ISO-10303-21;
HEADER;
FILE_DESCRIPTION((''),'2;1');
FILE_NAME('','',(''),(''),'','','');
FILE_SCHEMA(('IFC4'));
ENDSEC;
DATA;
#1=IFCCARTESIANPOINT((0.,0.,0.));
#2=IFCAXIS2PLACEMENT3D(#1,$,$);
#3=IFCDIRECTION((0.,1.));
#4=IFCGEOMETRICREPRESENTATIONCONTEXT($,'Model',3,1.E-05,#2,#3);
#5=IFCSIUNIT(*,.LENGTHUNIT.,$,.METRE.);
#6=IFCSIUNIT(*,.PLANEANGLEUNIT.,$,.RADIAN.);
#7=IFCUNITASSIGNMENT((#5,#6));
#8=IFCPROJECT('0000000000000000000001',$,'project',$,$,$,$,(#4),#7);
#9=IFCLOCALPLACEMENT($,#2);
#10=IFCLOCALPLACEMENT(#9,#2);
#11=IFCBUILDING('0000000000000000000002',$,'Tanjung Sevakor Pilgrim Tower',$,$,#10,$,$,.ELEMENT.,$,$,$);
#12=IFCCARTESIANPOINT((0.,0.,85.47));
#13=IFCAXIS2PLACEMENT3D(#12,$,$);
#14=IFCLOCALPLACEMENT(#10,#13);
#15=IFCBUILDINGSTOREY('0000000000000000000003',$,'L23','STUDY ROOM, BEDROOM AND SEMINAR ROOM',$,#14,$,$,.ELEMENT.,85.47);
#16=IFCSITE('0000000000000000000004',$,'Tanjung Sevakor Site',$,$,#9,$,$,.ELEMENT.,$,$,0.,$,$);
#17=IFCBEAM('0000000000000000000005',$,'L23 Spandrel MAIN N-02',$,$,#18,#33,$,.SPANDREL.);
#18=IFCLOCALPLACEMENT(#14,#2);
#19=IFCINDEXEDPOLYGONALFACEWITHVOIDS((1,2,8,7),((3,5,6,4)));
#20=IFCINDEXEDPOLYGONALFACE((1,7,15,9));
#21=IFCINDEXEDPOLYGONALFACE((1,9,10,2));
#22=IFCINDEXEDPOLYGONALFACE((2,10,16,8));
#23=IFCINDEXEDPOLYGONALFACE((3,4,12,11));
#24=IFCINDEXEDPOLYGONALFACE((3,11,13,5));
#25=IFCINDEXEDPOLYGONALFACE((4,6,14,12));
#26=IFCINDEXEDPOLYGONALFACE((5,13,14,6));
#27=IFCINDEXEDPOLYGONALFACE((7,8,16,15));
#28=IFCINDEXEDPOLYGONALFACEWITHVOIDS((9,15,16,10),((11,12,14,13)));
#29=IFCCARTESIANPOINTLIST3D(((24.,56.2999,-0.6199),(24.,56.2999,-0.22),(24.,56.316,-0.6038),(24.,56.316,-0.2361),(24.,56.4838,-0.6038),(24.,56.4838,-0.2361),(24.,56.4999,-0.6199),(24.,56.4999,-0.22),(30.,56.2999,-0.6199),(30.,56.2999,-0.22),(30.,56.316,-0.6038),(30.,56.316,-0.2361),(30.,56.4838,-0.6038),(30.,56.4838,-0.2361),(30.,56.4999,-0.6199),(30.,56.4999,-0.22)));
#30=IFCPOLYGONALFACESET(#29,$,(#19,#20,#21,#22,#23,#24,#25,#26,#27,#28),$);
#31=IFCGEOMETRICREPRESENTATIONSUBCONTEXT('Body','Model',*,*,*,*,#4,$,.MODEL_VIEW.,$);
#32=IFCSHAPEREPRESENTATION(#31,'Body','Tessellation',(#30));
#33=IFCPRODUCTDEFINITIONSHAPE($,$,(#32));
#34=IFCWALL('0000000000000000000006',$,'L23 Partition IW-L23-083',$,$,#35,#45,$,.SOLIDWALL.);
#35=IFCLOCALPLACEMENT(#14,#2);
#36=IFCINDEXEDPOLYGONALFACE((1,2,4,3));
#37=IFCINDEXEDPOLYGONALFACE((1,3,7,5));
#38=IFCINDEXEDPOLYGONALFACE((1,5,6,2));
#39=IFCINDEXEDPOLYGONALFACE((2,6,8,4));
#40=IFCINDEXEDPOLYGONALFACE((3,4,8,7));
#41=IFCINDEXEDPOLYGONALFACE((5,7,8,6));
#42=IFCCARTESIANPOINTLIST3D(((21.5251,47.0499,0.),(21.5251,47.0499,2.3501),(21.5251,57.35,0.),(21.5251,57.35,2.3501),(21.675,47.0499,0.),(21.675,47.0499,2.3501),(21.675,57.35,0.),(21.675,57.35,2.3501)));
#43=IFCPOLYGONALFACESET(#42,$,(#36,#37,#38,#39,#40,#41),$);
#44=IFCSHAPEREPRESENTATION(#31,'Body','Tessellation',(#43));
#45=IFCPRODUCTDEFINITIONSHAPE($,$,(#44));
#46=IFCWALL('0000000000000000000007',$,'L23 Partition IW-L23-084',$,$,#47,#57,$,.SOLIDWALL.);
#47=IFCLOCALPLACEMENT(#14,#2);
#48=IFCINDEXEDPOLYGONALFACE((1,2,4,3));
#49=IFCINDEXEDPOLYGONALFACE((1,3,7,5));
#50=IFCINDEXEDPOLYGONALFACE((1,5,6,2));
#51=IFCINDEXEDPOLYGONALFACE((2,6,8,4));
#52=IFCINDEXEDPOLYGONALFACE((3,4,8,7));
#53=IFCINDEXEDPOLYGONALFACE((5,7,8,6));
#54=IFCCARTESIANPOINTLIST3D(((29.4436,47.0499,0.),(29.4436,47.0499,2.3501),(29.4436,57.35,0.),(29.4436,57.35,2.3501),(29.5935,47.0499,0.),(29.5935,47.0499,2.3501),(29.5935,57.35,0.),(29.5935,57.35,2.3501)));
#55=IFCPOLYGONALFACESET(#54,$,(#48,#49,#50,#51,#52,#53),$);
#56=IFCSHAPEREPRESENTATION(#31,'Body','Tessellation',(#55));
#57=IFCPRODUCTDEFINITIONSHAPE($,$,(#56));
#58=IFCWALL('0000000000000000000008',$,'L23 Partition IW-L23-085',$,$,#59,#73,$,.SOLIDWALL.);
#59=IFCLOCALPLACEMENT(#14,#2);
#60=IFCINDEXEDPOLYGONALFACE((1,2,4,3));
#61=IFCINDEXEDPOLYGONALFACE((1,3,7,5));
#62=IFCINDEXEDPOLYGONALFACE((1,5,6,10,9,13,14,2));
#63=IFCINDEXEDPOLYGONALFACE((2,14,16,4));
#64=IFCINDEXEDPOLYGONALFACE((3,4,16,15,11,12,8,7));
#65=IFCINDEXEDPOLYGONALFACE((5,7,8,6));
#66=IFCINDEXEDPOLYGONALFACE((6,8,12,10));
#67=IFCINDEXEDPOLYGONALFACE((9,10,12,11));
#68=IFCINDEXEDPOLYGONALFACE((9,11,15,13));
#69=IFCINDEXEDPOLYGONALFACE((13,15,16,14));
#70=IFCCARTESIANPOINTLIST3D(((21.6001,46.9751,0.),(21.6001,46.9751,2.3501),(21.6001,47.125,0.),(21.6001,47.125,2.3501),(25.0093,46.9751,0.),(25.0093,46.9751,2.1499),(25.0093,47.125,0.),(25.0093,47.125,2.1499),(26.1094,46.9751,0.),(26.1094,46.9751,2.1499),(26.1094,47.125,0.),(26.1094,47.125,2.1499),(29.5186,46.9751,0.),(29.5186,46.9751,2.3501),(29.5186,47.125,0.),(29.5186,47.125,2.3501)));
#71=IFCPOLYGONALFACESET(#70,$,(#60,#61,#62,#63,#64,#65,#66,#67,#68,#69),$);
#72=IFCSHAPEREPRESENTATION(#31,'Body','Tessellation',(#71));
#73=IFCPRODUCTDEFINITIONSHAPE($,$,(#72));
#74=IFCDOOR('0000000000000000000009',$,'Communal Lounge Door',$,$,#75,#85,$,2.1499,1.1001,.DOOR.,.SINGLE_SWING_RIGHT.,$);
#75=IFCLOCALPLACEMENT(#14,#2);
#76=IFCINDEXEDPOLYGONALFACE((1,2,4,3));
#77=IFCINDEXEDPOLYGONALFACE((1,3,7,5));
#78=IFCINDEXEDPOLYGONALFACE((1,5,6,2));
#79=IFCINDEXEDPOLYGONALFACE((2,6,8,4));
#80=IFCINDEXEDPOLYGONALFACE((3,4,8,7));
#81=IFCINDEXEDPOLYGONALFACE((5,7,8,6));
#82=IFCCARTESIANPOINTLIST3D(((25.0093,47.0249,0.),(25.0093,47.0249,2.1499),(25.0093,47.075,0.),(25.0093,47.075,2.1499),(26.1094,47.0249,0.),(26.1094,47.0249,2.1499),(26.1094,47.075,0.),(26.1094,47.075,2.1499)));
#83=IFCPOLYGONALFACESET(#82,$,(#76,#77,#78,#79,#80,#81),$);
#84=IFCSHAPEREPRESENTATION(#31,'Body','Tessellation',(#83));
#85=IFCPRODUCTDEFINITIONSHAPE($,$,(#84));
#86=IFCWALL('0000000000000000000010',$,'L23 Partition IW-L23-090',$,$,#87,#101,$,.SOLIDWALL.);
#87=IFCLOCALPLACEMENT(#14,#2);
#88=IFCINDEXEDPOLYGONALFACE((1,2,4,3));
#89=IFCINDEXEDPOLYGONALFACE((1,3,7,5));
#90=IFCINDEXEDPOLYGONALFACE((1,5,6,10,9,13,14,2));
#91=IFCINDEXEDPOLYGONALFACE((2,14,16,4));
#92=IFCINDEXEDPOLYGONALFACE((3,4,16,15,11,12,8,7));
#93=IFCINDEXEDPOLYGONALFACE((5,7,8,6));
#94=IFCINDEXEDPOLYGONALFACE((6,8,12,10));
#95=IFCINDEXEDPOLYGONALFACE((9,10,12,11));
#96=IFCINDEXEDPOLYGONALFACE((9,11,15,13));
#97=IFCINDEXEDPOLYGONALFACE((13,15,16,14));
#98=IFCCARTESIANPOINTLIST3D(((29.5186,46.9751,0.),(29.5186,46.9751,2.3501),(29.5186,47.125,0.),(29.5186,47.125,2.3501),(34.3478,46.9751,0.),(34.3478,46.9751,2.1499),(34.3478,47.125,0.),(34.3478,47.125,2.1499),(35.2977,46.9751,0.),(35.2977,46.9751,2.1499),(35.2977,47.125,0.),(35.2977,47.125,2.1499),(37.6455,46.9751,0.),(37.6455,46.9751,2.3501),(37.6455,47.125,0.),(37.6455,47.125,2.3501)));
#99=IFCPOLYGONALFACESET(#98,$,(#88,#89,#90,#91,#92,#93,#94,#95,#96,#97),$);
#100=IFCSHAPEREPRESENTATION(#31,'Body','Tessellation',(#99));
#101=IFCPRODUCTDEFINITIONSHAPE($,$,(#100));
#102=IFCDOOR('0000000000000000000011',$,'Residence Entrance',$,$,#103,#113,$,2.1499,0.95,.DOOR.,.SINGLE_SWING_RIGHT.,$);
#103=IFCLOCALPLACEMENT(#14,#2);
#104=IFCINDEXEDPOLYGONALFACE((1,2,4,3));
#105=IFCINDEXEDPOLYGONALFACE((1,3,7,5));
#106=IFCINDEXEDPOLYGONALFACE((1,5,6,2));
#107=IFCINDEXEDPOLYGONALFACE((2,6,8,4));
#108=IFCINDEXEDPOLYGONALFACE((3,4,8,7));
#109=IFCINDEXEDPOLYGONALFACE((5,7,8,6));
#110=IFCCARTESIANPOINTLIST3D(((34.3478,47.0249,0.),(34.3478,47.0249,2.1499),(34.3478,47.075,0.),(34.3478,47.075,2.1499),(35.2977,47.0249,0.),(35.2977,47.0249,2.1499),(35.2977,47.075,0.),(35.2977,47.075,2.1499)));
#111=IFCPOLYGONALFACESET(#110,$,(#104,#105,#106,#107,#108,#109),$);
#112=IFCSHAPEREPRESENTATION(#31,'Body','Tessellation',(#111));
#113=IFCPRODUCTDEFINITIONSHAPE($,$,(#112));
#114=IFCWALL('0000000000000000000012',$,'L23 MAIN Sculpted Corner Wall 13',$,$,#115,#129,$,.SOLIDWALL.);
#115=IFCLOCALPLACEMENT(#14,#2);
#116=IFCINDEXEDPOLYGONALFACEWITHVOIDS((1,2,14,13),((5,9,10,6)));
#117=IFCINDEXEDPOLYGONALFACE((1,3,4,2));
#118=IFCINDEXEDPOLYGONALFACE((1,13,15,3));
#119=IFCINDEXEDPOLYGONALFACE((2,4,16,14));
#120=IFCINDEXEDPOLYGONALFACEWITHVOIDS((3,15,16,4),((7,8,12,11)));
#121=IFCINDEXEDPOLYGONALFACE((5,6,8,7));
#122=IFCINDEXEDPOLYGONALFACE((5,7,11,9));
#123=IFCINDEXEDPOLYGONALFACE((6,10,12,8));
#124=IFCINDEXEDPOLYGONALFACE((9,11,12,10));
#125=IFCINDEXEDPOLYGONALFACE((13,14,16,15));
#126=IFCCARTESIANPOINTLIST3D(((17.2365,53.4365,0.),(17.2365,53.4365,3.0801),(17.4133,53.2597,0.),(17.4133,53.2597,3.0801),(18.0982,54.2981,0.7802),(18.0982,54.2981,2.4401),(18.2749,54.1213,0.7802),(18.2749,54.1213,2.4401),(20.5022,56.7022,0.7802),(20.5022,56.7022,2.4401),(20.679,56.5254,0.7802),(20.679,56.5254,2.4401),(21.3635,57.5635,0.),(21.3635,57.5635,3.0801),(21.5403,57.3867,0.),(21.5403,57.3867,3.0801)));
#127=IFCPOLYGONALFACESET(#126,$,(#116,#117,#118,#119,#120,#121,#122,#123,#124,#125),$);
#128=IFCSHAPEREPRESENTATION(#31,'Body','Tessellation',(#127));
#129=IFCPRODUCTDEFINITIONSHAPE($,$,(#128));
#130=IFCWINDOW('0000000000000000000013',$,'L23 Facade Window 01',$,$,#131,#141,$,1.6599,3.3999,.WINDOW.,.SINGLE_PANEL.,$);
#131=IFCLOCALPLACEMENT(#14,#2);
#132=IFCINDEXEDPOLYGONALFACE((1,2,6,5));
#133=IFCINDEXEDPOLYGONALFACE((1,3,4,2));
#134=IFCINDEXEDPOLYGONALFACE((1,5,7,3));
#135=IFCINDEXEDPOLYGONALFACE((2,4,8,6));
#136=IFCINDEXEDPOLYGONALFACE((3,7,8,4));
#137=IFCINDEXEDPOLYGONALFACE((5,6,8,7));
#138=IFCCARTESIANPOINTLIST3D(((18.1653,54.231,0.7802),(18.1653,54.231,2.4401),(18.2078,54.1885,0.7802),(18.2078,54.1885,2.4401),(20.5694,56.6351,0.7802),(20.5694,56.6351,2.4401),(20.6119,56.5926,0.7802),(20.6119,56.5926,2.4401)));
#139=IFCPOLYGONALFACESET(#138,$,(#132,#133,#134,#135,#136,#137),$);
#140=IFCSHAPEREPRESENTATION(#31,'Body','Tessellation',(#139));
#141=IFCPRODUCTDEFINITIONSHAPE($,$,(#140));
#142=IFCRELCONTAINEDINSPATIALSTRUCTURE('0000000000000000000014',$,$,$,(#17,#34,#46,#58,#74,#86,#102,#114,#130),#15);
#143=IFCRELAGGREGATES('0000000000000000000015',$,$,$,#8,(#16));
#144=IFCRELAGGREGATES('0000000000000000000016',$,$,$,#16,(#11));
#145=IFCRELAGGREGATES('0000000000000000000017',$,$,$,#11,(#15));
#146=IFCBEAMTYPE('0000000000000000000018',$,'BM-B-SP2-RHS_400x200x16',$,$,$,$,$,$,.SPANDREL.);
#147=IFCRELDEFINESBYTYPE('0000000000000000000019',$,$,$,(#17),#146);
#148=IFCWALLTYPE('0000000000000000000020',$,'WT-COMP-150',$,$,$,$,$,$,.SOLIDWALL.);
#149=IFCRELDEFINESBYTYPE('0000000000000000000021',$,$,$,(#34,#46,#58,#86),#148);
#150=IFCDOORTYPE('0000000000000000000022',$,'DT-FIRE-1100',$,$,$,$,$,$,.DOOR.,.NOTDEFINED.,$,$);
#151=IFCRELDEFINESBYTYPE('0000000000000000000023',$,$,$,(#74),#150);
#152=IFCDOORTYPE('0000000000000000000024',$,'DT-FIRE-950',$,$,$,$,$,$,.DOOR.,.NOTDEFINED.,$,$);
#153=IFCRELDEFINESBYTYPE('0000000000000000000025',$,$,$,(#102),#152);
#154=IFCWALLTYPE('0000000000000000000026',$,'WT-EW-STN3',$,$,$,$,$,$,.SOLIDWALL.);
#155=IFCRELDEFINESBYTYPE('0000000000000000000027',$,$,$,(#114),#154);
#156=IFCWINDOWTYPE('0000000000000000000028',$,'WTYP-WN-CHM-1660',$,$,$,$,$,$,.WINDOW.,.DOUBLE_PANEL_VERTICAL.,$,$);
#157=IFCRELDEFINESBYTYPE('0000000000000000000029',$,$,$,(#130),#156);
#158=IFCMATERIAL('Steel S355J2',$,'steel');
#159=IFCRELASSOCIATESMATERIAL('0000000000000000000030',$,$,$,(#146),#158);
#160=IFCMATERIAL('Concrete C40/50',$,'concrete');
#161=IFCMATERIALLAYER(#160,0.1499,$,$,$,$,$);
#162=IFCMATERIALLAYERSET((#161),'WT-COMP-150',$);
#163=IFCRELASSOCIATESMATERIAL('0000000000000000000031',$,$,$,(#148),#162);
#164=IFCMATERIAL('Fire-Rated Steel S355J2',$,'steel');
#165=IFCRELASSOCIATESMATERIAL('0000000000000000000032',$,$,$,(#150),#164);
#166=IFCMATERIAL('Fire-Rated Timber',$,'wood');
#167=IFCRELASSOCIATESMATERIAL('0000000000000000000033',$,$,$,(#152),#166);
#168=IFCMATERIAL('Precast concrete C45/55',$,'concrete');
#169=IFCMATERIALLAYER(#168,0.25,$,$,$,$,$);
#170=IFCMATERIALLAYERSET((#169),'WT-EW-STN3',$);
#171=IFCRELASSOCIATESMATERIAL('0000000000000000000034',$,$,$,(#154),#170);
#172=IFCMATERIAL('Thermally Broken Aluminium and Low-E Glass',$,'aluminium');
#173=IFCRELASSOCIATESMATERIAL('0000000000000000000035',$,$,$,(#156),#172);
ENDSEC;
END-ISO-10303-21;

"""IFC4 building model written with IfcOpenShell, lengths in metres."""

from ifc_helpers import new_model, si_unit, direction, frame, frame_2d, origin, origin_2d, place, context, subcontext, project, spatial, rectangle, hollow_rectangle, extrude, material, layer, layer_set, material_profile, profile_set, type_object, element, fill, save


model = new_model("IFC4")

# Units and contexts
model_context = context("Model", 3, precision=1e-05, world=origin(), true_north=direction((0.0, 1.0)))
body_context = subcontext(model_context, "Body", "Model", "MODEL_VIEW")
ifc_project = project(units=[si_unit("LENGTHUNIT", "METRE"), si_unit("PLANEANGLEUNIT", "RADIAN")], contexts=[model_context])

# Site, building, storey
site_placement = place(None, origin())
site = spatial("IfcSite", under=ifc_project, at=site_placement, Name="Tanjung Sevakor Site", CompositionType="ELEMENT", RefElevation=0.0)
building_placement = place(site_placement, origin())
building = spatial("IfcBuilding", under=site, at=building_placement, Name="Tanjung Sevakor Pilgrim Tower", CompositionType="ELEMENT")
storey_placement = place(building_placement, frame((0.0, 0.0, 85.47)))
storey = spatial("IfcBuildingStorey", under=building, at=storey_placement, Name="L23", Description="STUDY ROOM, BEDROOM AND SEMINAR ROOM", CompositionType="ELEMENT", Elevation=85.47)

# Beam
ifc_material_1 = material(Name="Steel S355J2", Category="steel")
ifc_material_profile_1 = material_profile(ifc_material_1, hollow_rectangle(XDim=0.2, YDim=0.3999, WallThickness=0.0161, at=origin_2d()))
ifc_profile_set_1 = profile_set([ifc_material_profile_1], Name="Steel S355J2")
beam_type_1 = type_object("IfcBeamType", Name="BM-B-SP2-RHS_400x200x16", PredefinedType="SPANDREL", material=ifc_profile_set_1)
beam_1_placement = place(storey_placement, frame((24.0, 56.3999, -0.4199), z_axis=(1.0, 0.0, 0.0), x_axis=(0.0, 1.0, 0.0)))
element("IfcBeam", 1, at=beam_1_placement, inside=storey, type_object=beam_type_1, Name="L23 Spandrel MAIN N-02", PredefinedType="SPANDREL", context=body_context, shape_type="SweptSolid", body=[
    extrude(hollow_rectangle(XDim=0.2, YDim=0.3999, WallThickness=0.0161, at=origin_2d()), origin(), (0.0, 0.0, 1.0), 6.0),
])

# Walls
ifc_material_2 = material(Name="Concrete C40/50", Category="concrete")
ifc_layer_1 = layer(ifc_material_2, 0.1499)
ifc_layer_set_1 = layer_set([ifc_layer_1], Name="WT-COMP-150")
wall_type_1 = type_object("IfcWallType", Name="WT-COMP-150", PredefinedType="SOLIDWALL", material=ifc_layer_set_1)
for number, where, z_axis, x_axis, name in (
    (2, (21.6001, 47.05, 0.0), (0.0, 0.0, 1.0), (0.0, 1.0, 0.0), "L23 Partition IW-L23-083"),
    (3, (29.5186, 47.05, 0.0), (0.0, 0.0, 1.0), (0.0, 1.0, 0.0), "L23 Partition IW-L23-084"),
):
    element("IfcWall", number, at=place(storey_placement, frame(where, z_axis=z_axis, x_axis=x_axis)), inside=storey, type_object=wall_type_1, Name=name, PredefinedType="SOLIDWALL", context=body_context, shape_type="SweptSolid", body=[
        extrude(rectangle(XDim=10.3, YDim=0.1499, at=frame_2d((5.1499, 0.0))), origin(), (0.0, 0.0, 1.0), 2.3501),
    ])

# Walls, openings, doors
wall_1_placement = place(storey_placement, frame((21.6001, 47.05, 0.0), z_axis=(0.0, 0.0, 1.0), x_axis=(1.0, 0.0, 0.0)))
wall_1 = element("IfcWall", 4, at=wall_1_placement, inside=storey, type_object=wall_type_1, Name="L23 Partition IW-L23-085", PredefinedType="SOLIDWALL", context=body_context, shape_type="SweptSolid", body=[
    extrude(rectangle(XDim=7.9185, YDim=0.1499, at=frame_2d((3.9592, 0.0))), origin(), (0.0, 0.0, 1.0), 2.3501),
])
opening_1_placement = place(wall_1_placement, frame((3.4092, 0.0, 0.0)))
opening_1 = element("IfcOpeningElement", 5, at=opening_1_placement, cuts=wall_1, PredefinedType="OPENING", context=body_context, shape_type="SweptSolid", body=[
    extrude(rectangle(XDim=1.1001, YDim=2.1499, at=frame_2d((0.55, 1.075))), frame((0.0, 0.085, 0.0), z_axis=(0.0, -1.0, 0.0), x_axis=(1.0, 0.0, 0.0)), (0.0, 0.0, 1.0), 0.1699),
])
ifc_material_3 = material(Name="Fire-Rated Steel S355J2", Category="steel")
door_type_1 = type_object("IfcDoorType", Name="DT-FIRE-1100", OperationType="NOTDEFINED", PredefinedType="DOOR", material=ifc_material_3)
door_1_placement = place(opening_1_placement, origin())
door_1 = element("IfcDoor", 6, at=door_1_placement, inside=storey, type_object=door_type_1, Name="Communal Lounge Door", OperationType="SINGLE_SWING_RIGHT", OverallHeight=2.1499, OverallWidth=1.1001, PredefinedType="DOOR", context=body_context, shape_type="SweptSolid", body=[
    extrude(rectangle(XDim=1.1001, YDim=2.1499, at=frame_2d((0.55, 1.075))), frame((0.0, 0.0249, 0.0), z_axis=(0.0, -1.0, 0.0), x_axis=(1.0, 0.0, 0.0)), (0.0, 0.0, 1.0), 0.05),
])
fill(opening_1, door_1)
wall_2_placement = place(storey_placement, frame((29.5186, 47.05, 0.0), z_axis=(0.0, 0.0, 1.0), x_axis=(1.0, 0.0, 0.0)))
wall_2 = element("IfcWall", 7, at=wall_2_placement, inside=storey, type_object=wall_type_1, Name="L23 Partition IW-L23-090", PredefinedType="SOLIDWALL", context=body_context, shape_type="SweptSolid", body=[
    extrude(rectangle(XDim=8.127, YDim=0.1499, at=frame_2d((4.0635, 0.0))), origin(), (0.0, 0.0, 1.0), 2.3501),
])
opening_2_placement = place(wall_2_placement, frame((4.8291, 0.0, 0.0)))
opening_2 = element("IfcOpeningElement", 8, at=opening_2_placement, cuts=wall_2, PredefinedType="OPENING", context=body_context, shape_type="SweptSolid", body=[
    extrude(rectangle(XDim=0.95, YDim=2.1499, at=frame_2d((0.4751, 1.075))), frame((0.0, 0.085, 0.0), z_axis=(0.0, -1.0, 0.0), x_axis=(1.0, 0.0, 0.0)), (0.0, 0.0, 1.0), 0.1699),
])
ifc_material_4 = material(Name="Fire-Rated Timber", Category="wood")
door_type_2 = type_object("IfcDoorType", Name="DT-FIRE-950", OperationType="NOTDEFINED", PredefinedType="DOOR", material=ifc_material_4)
door_2_placement = place(opening_2_placement, origin())
door_2 = element("IfcDoor", 9, at=door_2_placement, inside=storey, type_object=door_type_2, Name="Residence Entrance", OperationType="SINGLE_SWING_RIGHT", OverallHeight=2.1499, OverallWidth=0.95, PredefinedType="DOOR", context=body_context, shape_type="SweptSolid", body=[
    extrude(rectangle(XDim=0.95, YDim=2.1499, at=frame_2d((0.4751, 1.075))), frame((0.0, 0.0249, 0.0), z_axis=(0.0, -1.0, 0.0), x_axis=(1.0, 0.0, 0.0)), (0.0, 0.0, 1.0), 0.05),
])
fill(opening_2, door_2)

# Wall, opening, window
ifc_material_5 = material(Name="Precast concrete C45/55", Category="concrete")
ifc_layer_2 = layer(ifc_material_5, 0.25)
ifc_layer_set_2 = layer_set([ifc_layer_2], Name="WT-EW-STN3")
wall_type_2 = type_object("IfcWallType", Name="WT-EW-STN3", PredefinedType="SOLIDWALL", material=ifc_layer_set_2)
wall_3_placement = place(storey_placement, frame((21.4519, 57.4751, 0.0), z_axis=(0.0, 0.0, 1.0), x_axis=(-0.707107, -0.707107, 0.0)))
wall_3 = element("IfcWall", 10, at=wall_3_placement, inside=storey, type_object=wall_type_2, Name="L23 MAIN Sculpted Corner Wall 13", PredefinedType="SOLIDWALL", context=body_context, shape_type="SweptSolid", body=[
    extrude(rectangle(XDim=5.8364, YDim=0.25, at=frame_2d((2.9182, 0.0))), origin(), (0.0, 0.0, 1.0), 3.0801),
])
opening_3_placement = place(wall_3_placement, frame((1.218, 0.0, 0.78)))
opening_3 = element("IfcOpeningElement", 11, at=opening_3_placement, cuts=wall_3, PredefinedType="OPENING", context=body_context, shape_type="SweptSolid", body=[
    extrude(rectangle(XDim=3.3999, YDim=1.6599, at=frame_2d((1.7, 0.8301))), frame((0.0, 0.135, 0.0), z_axis=(0.0, -1.0, 0.0), x_axis=(1.0, 0.0, 0.0)), (0.0, 0.0, 1.0), 0.27),
])
ifc_material_6 = material(Name="Thermally Broken Aluminium and Low-E Glass", Category="aluminium")
window_type_1 = type_object("IfcWindowType", Name="WTYP-WN-CHM-1660", PartitioningType="DOUBLE_PANEL_VERTICAL", PredefinedType="WINDOW", material=ifc_material_6)
window_1_placement = place(opening_3_placement, origin())
window_1 = element("IfcWindow", 12, at=window_1_placement, inside=storey, type_object=window_type_1, Name="L23 Facade Window 01", OverallHeight=1.6599, OverallWidth=3.3999, PartitioningType="SINGLE_PANEL", PredefinedType="WINDOW", context=body_context, shape_type="SweptSolid", body=[
    extrude(rectangle(XDim=3.3999, YDim=1.6599, at=frame_2d((1.7, 0.8301))), frame((0.0, 0.03, 0.0), z_axis=(0.0, -1.0, 0.0), x_axis=(1.0, 0.0, 0.0)), (0.0, 0.0, 1.0), 0.0601),
])
fill(opening_3, window_1)

save(model, "model.ifc")
